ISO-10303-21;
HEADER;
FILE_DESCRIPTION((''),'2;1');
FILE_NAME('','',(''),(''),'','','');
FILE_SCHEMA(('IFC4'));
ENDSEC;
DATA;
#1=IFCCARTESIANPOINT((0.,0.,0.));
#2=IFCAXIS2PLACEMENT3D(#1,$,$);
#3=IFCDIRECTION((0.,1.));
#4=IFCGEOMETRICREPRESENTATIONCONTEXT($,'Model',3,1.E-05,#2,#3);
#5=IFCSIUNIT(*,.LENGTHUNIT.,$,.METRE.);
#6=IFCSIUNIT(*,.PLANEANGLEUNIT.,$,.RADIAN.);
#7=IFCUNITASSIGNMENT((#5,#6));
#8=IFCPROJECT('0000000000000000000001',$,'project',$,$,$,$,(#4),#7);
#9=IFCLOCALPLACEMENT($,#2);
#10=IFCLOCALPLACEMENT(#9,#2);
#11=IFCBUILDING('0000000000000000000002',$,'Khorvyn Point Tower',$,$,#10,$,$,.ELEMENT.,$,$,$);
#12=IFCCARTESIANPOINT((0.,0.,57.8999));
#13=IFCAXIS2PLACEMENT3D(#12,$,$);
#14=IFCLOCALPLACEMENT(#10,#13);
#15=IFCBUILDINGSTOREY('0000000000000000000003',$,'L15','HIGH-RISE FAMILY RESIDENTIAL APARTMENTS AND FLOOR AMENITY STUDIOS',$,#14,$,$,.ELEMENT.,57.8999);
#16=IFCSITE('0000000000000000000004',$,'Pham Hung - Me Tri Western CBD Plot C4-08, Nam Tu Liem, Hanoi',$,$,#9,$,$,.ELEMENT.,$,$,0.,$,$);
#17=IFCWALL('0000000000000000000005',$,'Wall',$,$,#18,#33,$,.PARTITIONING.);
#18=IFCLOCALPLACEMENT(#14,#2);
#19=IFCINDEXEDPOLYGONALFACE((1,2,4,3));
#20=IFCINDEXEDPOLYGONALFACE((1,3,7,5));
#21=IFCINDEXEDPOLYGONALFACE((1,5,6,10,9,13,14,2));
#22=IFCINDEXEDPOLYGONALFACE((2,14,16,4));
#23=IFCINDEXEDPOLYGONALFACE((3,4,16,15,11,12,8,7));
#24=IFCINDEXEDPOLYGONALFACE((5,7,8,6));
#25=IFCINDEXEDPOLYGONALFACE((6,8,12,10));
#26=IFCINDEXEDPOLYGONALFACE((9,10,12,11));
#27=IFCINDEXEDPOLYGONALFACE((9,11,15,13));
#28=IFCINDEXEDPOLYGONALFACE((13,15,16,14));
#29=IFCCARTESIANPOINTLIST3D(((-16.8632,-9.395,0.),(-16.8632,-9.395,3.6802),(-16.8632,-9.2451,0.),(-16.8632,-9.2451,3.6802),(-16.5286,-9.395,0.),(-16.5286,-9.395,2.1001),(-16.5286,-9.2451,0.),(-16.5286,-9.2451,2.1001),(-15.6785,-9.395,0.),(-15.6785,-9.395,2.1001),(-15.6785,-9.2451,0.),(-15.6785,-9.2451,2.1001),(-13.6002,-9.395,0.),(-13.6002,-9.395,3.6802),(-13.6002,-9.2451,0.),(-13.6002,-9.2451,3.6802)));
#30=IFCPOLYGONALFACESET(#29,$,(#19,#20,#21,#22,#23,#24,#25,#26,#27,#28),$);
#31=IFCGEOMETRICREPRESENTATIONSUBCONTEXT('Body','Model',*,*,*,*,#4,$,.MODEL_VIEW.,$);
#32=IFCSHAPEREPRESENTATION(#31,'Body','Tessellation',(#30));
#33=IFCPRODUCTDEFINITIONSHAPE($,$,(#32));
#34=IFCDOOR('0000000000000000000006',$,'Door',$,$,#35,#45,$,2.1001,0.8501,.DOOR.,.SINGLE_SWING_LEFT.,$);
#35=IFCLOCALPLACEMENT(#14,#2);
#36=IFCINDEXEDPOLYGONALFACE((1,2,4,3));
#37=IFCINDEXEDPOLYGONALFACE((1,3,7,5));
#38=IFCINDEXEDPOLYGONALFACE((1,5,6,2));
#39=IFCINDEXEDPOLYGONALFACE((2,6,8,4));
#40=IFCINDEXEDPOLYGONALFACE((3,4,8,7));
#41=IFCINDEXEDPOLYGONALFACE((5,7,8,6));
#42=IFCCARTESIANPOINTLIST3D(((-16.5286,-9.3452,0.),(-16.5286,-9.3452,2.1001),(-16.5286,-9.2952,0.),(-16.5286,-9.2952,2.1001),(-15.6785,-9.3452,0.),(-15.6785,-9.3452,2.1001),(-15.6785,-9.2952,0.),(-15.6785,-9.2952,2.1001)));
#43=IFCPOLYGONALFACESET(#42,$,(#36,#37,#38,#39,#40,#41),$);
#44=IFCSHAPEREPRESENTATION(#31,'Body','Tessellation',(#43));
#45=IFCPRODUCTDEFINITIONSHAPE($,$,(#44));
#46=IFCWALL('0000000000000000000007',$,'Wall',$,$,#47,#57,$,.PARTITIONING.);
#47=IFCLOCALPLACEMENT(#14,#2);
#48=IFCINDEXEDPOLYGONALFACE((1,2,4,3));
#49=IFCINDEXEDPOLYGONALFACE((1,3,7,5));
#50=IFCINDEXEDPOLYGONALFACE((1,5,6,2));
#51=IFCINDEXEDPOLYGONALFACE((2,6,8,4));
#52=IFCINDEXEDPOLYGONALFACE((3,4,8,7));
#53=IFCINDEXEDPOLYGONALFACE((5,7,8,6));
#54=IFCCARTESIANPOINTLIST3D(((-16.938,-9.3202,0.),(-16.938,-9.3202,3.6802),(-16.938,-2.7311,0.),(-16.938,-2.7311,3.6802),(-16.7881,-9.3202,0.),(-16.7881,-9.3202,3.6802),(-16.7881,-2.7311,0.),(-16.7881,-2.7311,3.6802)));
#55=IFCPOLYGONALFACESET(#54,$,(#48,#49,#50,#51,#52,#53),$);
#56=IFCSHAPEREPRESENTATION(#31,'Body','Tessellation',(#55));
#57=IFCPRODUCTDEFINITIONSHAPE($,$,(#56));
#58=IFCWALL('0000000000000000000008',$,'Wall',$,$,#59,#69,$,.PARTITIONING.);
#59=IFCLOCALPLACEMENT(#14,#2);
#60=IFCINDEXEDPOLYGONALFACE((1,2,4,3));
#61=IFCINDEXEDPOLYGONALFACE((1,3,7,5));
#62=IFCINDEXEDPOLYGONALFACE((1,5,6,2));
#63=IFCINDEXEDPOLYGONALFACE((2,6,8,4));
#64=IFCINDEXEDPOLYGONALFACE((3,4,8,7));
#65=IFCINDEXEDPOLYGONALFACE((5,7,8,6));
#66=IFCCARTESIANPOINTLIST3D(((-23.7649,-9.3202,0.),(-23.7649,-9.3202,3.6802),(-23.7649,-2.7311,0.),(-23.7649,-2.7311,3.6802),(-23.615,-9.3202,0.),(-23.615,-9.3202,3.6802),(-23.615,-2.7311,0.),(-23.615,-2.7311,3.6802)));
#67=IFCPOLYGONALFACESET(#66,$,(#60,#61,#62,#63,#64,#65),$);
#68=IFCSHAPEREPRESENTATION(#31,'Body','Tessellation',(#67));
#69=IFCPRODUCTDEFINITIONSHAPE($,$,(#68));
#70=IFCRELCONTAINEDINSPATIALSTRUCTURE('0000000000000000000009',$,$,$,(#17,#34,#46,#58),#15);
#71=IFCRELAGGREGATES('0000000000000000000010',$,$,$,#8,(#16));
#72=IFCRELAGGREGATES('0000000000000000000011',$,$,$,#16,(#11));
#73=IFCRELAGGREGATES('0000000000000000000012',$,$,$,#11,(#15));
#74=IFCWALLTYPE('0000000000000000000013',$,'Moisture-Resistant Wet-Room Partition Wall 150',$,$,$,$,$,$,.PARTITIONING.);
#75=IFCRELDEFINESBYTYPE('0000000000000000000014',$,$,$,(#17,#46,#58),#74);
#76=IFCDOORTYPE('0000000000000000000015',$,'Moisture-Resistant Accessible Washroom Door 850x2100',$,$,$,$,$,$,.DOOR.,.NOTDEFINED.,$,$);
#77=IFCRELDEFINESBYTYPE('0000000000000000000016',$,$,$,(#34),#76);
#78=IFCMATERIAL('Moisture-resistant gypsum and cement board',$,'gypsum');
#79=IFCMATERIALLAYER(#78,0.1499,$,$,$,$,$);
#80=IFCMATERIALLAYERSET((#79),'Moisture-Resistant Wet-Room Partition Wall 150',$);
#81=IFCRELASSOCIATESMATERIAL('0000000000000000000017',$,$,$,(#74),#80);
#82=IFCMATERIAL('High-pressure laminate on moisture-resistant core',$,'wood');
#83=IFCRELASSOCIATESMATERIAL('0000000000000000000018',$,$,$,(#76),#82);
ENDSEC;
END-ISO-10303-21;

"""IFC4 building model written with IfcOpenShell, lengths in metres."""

from ifc_helpers import new_model, si_unit, direction, frame, frame_2d, origin, place, context, subcontext, project, spatial, rectangle, extrude, material, layer, layer_set, type_object, element, fill, save


model = new_model("IFC4")

# Units and contexts
model_context = context("Model", 3, precision=1e-05, world=origin(), true_north=direction((0.0, 1.0)))
body_context = subcontext(model_context, "Body", "Model", "MODEL_VIEW")
ifc_project = project(units=[si_unit("LENGTHUNIT", "METRE"), si_unit("PLANEANGLEUNIT", "RADIAN")], contexts=[model_context])

# Site, building, storey
site_placement = place(None, origin())
site = spatial("IfcSite", under=ifc_project, at=site_placement, Name="Pham Hung - Me Tri Western CBD Plot C4-08, Nam Tu Liem, Hanoi", CompositionType="ELEMENT", RefElevation=0.0)
building_placement = place(site_placement, origin())
building = spatial("IfcBuilding", under=site, at=building_placement, Name="Khorvyn Point Tower", CompositionType="ELEMENT")
storey_placement = place(building_placement, frame((0.0, 0.0, 57.8999)))
storey = spatial("IfcBuildingStorey", under=building, at=storey_placement, Name="L15", Description="HIGH-RISE FAMILY RESIDENTIAL APARTMENTS AND FLOOR AMENITY STUDIOS", CompositionType="ELEMENT", Elevation=57.8999)

# Wall, opening, door
ifc_material_1 = material(Name="Moisture-resistant gypsum and cement board", Category="gypsum")
ifc_layer_1 = layer(ifc_material_1, 0.1499)
ifc_layer_set_1 = layer_set([ifc_layer_1], Name="Moisture-Resistant Wet-Room Partition Wall 150")
wall_type_1 = type_object("IfcWallType", Name="Moisture-Resistant Wet-Room Partition Wall 150", PredefinedType="PARTITIONING", material=ifc_layer_set_1)
ifc_material_2 = material(Name="High-pressure laminate on moisture-resistant core", Category="wood")
door_type_1 = type_object("IfcDoorType", Name="Moisture-Resistant Accessible Washroom Door 850x2100", OperationType="NOTDEFINED", PredefinedType="DOOR", material=ifc_material_2)
wall_1_placement = place(storey_placement, frame((-16.863, -9.3201, 0.0), z_axis=(0.0, 0.0, 1.0), x_axis=(1.0, 0.0, 0.0)))
wall_1 = element("IfcWall", 1, at=wall_1_placement, inside=storey, type_object=wall_type_1, Name="Wall", PredefinedType="PARTITIONING", context=body_context, shape_type="SweptSolid", body=[
    extrude(rectangle(XDim=3.2629, YDim=0.1499, at=frame_2d((1.6313, 0.0))), origin(), (0.0, 0.0, 1.0), 3.6802),
])
opening_1_placement = place(wall_1_placement, frame((0.3345, 0.0, 0.0)))
opening_1 = element("IfcOpeningElement", 2, at=opening_1_placement, cuts=wall_1, PredefinedType="OPENING", context=body_context, shape_type="SweptSolid", body=[
    extrude(rectangle(XDim=0.8501, YDim=2.1001, at=frame_2d((0.425, 1.05))), frame((0.0, 0.085, 0.0), z_axis=(0.0, -1.0, 0.0), x_axis=(1.0, 0.0, 0.0)), (0.0, 0.0, 1.0), 0.1699),
])
door_1_placement = place(opening_1_placement, origin())
door_1 = element("IfcDoor", 3, at=door_1_placement, inside=storey, type_object=door_type_1, Name="Door", OperationType="SINGLE_SWING_LEFT", OverallHeight=2.1001, OverallWidth=0.8501, PredefinedType="DOOR", context=body_context, shape_type="SweptSolid", body=[
    extrude(rectangle(XDim=0.8501, YDim=2.1001, at=frame_2d((0.425, 1.05))), frame((0.0, 0.0249, 0.0), z_axis=(0.0, -1.0, 0.0), x_axis=(1.0, 0.0, 0.0)), (0.0, 0.0, 1.0), 0.05),
])
fill(opening_1, door_1)

# Walls
for number, where, z_axis, x_axis, name in (
    (4, (-16.863, -9.3201, 0.0), (0.0, 0.0, 1.0), (0.0, 1.0, 0.0), "Wall"),
    (5, (-23.6899, -9.3201, 0.0), (0.0, 0.0, 1.0), (0.0, 1.0, 0.0), "Wall"),
):
    element("IfcWall", number, at=place(storey_placement, frame(where, z_axis=z_axis, x_axis=x_axis)), inside=storey, type_object=wall_type_1, Name=name, PredefinedType="PARTITIONING", context=body_context, shape_type="SweptSolid", body=[
        extrude(rectangle(XDim=6.5891, YDim=0.1499, at=frame_2d((3.2944, 0.0))), origin(), (0.0, 0.0, 1.0), 3.6802),
    ])

save(model, "model.ifc")
